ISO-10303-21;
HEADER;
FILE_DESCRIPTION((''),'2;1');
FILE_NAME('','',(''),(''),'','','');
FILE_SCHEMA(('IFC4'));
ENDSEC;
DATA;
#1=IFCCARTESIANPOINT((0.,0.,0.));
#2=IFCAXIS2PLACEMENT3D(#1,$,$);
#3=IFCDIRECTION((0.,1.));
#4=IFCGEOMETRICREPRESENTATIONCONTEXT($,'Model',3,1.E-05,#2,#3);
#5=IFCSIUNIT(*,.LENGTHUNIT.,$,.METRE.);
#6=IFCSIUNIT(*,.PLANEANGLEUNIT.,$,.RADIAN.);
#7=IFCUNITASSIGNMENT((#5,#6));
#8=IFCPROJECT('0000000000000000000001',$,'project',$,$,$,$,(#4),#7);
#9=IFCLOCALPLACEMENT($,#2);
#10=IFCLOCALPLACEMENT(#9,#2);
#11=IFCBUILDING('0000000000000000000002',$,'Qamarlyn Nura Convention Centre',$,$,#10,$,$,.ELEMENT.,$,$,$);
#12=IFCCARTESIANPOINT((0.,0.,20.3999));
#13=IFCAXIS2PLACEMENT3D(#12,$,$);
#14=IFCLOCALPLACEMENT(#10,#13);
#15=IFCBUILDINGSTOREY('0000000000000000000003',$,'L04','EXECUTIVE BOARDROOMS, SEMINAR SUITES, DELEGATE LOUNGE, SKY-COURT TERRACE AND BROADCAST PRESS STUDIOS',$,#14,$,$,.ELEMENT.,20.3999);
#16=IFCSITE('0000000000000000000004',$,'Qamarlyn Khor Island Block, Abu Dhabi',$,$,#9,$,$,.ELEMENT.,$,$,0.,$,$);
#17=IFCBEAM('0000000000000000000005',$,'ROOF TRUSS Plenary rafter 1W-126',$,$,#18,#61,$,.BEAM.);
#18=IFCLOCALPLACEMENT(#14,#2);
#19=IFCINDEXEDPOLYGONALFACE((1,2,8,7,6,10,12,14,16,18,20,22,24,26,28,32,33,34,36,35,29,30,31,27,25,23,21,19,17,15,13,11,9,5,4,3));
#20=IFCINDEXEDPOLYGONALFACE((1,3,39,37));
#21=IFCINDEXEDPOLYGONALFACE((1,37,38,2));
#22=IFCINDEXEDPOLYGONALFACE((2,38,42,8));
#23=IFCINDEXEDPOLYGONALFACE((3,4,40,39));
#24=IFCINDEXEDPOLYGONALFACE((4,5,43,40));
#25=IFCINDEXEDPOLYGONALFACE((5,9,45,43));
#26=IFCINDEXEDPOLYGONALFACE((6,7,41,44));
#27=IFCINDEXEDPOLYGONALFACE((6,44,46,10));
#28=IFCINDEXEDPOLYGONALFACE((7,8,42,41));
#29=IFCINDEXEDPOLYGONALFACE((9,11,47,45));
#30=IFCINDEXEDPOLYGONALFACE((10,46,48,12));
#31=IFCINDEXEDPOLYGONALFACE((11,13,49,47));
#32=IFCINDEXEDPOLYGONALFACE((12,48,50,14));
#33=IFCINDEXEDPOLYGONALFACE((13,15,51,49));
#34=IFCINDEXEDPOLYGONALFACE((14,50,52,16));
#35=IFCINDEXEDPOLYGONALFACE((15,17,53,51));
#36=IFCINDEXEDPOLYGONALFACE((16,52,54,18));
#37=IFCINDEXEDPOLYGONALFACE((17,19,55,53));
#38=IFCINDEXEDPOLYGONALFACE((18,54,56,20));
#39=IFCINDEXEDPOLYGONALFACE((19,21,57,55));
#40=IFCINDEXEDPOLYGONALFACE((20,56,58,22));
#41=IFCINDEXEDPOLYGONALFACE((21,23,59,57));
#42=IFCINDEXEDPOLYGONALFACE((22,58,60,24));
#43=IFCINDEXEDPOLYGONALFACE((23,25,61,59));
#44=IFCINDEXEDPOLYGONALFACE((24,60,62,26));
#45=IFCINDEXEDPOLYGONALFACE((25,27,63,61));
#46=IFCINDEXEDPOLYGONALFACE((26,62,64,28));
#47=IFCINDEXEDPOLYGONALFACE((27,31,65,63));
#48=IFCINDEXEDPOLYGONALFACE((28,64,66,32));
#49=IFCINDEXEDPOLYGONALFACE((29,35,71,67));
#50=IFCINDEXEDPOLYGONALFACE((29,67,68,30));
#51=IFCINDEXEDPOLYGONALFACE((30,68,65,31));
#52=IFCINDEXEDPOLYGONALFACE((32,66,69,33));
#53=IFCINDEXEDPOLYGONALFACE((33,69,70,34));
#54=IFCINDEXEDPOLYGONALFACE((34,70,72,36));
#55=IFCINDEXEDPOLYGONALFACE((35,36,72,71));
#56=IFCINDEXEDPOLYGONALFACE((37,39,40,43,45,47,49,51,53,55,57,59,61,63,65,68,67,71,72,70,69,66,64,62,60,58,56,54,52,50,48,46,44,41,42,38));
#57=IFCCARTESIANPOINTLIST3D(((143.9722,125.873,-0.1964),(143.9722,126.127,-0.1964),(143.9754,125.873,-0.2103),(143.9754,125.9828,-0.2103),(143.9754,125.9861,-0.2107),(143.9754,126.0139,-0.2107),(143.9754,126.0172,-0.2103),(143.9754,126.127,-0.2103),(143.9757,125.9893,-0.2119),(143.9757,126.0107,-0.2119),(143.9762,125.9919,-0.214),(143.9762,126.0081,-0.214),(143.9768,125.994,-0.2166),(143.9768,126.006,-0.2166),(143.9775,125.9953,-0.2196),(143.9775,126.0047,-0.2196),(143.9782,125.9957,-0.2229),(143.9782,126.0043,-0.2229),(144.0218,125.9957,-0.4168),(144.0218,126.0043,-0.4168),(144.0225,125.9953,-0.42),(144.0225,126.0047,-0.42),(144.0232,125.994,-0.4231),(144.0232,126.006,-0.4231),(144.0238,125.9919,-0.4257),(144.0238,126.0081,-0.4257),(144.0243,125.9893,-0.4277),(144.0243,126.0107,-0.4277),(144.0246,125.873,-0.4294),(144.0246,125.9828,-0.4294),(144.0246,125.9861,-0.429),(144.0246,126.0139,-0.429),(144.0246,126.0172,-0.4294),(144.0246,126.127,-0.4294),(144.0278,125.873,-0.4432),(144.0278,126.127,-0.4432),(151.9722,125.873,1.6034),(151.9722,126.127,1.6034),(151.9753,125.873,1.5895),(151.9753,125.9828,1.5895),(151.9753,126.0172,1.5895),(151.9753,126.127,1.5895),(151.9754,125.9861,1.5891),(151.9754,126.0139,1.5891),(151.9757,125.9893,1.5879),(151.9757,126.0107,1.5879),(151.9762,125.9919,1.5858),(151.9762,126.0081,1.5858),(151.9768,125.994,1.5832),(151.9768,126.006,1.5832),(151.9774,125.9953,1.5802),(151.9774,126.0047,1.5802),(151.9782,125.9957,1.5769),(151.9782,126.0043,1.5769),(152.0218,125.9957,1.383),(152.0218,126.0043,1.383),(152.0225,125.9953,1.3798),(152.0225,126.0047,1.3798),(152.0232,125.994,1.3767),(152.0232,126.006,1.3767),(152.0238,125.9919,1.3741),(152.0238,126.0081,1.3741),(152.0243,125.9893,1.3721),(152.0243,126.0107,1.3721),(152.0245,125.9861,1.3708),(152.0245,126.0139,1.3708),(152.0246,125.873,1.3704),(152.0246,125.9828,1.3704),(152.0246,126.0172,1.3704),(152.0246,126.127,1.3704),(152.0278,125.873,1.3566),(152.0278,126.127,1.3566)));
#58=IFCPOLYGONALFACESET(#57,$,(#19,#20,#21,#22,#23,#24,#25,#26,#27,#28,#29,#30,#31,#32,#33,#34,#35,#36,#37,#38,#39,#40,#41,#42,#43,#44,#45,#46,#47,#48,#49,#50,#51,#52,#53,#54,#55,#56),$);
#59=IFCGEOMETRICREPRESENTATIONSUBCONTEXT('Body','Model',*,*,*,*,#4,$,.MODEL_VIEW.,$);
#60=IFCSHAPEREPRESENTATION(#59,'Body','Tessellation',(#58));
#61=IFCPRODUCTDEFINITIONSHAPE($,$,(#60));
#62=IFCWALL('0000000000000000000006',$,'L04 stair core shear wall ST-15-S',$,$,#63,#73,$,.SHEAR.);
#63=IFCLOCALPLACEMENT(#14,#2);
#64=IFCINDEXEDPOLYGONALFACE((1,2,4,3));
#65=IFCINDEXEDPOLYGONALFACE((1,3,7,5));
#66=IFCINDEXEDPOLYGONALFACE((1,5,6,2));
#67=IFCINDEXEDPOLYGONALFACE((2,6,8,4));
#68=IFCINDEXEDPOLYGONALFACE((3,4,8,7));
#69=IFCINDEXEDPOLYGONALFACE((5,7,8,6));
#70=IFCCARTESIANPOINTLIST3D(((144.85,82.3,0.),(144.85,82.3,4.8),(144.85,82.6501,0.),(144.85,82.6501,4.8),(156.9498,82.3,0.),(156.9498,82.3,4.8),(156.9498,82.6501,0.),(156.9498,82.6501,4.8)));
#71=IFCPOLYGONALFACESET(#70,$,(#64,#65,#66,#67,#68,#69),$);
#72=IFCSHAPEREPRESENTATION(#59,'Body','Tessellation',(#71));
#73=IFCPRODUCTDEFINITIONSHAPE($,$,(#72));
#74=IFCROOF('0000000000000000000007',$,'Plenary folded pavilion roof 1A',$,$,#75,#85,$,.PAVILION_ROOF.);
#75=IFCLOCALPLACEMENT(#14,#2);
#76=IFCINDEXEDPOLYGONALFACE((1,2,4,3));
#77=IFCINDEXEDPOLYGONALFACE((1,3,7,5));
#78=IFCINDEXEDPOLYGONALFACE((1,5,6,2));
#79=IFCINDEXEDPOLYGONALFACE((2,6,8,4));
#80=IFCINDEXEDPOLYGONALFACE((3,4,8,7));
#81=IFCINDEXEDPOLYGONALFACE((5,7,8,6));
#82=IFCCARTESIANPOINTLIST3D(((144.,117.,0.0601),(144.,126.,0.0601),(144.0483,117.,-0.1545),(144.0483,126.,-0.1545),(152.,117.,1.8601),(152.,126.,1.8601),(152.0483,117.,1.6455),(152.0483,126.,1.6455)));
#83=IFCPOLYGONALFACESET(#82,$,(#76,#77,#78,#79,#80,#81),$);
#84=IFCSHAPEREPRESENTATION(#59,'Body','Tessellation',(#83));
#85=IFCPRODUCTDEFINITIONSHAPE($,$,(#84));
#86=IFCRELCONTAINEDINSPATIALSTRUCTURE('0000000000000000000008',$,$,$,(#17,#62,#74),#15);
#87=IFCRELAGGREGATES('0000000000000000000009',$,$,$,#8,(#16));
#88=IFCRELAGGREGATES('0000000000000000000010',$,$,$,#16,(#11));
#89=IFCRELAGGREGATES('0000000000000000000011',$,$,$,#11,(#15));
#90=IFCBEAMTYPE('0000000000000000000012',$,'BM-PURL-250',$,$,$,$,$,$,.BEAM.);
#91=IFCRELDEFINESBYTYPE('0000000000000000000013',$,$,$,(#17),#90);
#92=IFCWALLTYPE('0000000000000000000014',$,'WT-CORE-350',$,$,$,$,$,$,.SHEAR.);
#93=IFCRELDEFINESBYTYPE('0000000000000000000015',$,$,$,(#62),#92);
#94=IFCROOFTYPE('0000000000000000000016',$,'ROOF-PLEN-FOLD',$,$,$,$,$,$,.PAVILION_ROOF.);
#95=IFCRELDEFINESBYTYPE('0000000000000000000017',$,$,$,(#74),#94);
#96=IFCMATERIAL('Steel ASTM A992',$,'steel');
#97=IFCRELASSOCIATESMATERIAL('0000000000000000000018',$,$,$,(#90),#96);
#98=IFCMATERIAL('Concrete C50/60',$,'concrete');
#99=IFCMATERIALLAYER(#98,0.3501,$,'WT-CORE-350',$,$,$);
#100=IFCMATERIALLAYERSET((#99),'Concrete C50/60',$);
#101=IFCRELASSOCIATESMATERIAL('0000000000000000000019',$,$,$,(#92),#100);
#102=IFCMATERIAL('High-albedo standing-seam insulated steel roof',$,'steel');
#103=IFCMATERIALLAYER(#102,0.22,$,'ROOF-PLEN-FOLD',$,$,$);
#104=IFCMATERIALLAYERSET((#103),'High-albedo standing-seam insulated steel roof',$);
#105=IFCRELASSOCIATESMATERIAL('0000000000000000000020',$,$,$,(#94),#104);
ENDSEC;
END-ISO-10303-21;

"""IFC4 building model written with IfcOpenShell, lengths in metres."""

from ifc_helpers import new_model, si_unit, direction, frame, frame_2d, origin, origin_2d, place, context, subcontext, project, spatial, polyline, rectangle, i_section, outline, extrude, material, layer, layer_set, material_profile, profile_set, type_object, element, save


model = new_model("IFC4")

# Units and contexts
model_context = context("Model", 3, precision=1e-05, world=origin(), true_north=direction((0.0, 1.0)))
body_context = subcontext(model_context, "Body", "Model", "MODEL_VIEW")
ifc_project = project(units=[si_unit("LENGTHUNIT", "METRE"), si_unit("PLANEANGLEUNIT", "RADIAN")], contexts=[model_context])

# Site, building, storey
site_placement = place(None, origin())
site = spatial("IfcSite", under=ifc_project, at=site_placement, Name="Qamarlyn Khor Island Block, Abu Dhabi", CompositionType="ELEMENT", RefElevation=0.0)
building_placement = place(site_placement, origin())
building = spatial("IfcBuilding", under=site, at=building_placement, Name="Qamarlyn Nura Convention Centre", CompositionType="ELEMENT")
storey_placement = place(building_placement, frame((0.0, 0.0, 20.3999)))
storey = spatial("IfcBuildingStorey", under=building, at=storey_placement, Name="L04", Description="EXECUTIVE BOARDROOMS, SEMINAR SUITES, DELEGATE LOUNGE, SKY-COURT TERRACE AND BROADCAST PRESS STUDIOS", CompositionType="ELEMENT", Elevation=20.3999)

# Beam
ifc_material_1 = material(Name="Steel ASTM A992", Category="steel")
ifc_material_profile_1 = material_profile(ifc_material_1, i_section(OverallWidth=0.2539, OverallDepth=0.2529, WebThickness=0.0085, FlangeThickness=0.0142, FilletRadius=0.0129, at=origin_2d()), Name="W250X73")
ifc_profile_set_1 = profile_set([ifc_material_profile_1], Name="Steel ASTM A992")
beam_type_1 = type_object("IfcBeamType", Name="BM-PURL-250", PredefinedType="BEAM", material=ifc_profile_set_1)
for number, where, z_axis, x_axis, name in (
    (1, (144.0, 126.0, -0.3198), (0.975615, 0.0, 0.21949), (0.0, 1.0, 0.0), "ROOF TRUSS Plenary rafter 1W-126"),
):
    element("IfcBeam", number, at=place(storey_placement, frame(where, z_axis=z_axis, x_axis=x_axis)), inside=storey, type_object=beam_type_1, Name=name, PredefinedType="BEAM", context=body_context, shape_type="SweptSolid", body=[
        extrude(i_section(OverallWidth=0.2539, OverallDepth=0.2529, WebThickness=0.0085, FlangeThickness=0.0142, FilletRadius=0.0129, at=origin_2d()), origin(), (0.0, 0.0, 1.0), 8.2),
    ])

# Wall
ifc_material_2 = material(Name="Concrete C50/60", Category="concrete")
ifc_layer_1 = layer(ifc_material_2, 0.3501, Name="WT-CORE-350")
ifc_layer_set_1 = layer_set([ifc_layer_1], Name="Concrete C50/60")
wall_type = type_object("IfcWallType", Name="WT-CORE-350", PredefinedType="SHEAR", material=ifc_layer_set_1)
wall_placement = place(storey_placement, frame((144.8501, 82.4751, 0.0), z_axis=(0.0, 0.0, 1.0), x_axis=(1.0, 0.0, 0.0)))
element("IfcWall", 2, at=wall_placement, inside=storey, type_object=wall_type, Name="L04 stair core shear wall ST-15-S", PredefinedType="SHEAR", context=body_context, shape_type="SweptSolid", body=[
    extrude(rectangle(XDim=12.0999, YDim=0.3501, at=frame_2d((6.0498, 0.0))), origin(), (0.0, 0.0, 1.0), 4.8),
])

# Roof
ifc_material_3 = material(Name="High-albedo standing-seam insulated steel roof", Category="steel")
ifc_layer_2 = layer(ifc_material_3, 0.22, Name="ROOF-PLEN-FOLD")
ifc_layer_set_2 = layer_set([ifc_layer_2], Name="High-albedo standing-seam insulated steel roof")
roof_type = type_object("IfcRoofType", Name="ROOF-PLEN-FOLD", PredefinedType="PAVILION_ROOF", material=ifc_layer_set_2)
roof_placement = place(storey_placement, frame((144.0, 117.0, 0.0601), z_axis=(-0.219518, 0.0, 0.975608), x_axis=(0.975608, 0.0, 0.219518)))
element("IfcRoof", 3, at=roof_placement, inside=storey, type_object=roof_type, Name="Plenary folded pavilion roof 1A", PredefinedType="PAVILION_ROOF", context=body_context, shape_type="SweptSolid", body=[
    extrude(outline(polyline([(0.0, 0.0), (8.2, 0.0), (8.2, 9.0), (0.0, 9.0), (0.0, 0.0)])), origin(), (0.0, 0.0, -1.0), 0.22),
])

save(model, "model.ifc")
